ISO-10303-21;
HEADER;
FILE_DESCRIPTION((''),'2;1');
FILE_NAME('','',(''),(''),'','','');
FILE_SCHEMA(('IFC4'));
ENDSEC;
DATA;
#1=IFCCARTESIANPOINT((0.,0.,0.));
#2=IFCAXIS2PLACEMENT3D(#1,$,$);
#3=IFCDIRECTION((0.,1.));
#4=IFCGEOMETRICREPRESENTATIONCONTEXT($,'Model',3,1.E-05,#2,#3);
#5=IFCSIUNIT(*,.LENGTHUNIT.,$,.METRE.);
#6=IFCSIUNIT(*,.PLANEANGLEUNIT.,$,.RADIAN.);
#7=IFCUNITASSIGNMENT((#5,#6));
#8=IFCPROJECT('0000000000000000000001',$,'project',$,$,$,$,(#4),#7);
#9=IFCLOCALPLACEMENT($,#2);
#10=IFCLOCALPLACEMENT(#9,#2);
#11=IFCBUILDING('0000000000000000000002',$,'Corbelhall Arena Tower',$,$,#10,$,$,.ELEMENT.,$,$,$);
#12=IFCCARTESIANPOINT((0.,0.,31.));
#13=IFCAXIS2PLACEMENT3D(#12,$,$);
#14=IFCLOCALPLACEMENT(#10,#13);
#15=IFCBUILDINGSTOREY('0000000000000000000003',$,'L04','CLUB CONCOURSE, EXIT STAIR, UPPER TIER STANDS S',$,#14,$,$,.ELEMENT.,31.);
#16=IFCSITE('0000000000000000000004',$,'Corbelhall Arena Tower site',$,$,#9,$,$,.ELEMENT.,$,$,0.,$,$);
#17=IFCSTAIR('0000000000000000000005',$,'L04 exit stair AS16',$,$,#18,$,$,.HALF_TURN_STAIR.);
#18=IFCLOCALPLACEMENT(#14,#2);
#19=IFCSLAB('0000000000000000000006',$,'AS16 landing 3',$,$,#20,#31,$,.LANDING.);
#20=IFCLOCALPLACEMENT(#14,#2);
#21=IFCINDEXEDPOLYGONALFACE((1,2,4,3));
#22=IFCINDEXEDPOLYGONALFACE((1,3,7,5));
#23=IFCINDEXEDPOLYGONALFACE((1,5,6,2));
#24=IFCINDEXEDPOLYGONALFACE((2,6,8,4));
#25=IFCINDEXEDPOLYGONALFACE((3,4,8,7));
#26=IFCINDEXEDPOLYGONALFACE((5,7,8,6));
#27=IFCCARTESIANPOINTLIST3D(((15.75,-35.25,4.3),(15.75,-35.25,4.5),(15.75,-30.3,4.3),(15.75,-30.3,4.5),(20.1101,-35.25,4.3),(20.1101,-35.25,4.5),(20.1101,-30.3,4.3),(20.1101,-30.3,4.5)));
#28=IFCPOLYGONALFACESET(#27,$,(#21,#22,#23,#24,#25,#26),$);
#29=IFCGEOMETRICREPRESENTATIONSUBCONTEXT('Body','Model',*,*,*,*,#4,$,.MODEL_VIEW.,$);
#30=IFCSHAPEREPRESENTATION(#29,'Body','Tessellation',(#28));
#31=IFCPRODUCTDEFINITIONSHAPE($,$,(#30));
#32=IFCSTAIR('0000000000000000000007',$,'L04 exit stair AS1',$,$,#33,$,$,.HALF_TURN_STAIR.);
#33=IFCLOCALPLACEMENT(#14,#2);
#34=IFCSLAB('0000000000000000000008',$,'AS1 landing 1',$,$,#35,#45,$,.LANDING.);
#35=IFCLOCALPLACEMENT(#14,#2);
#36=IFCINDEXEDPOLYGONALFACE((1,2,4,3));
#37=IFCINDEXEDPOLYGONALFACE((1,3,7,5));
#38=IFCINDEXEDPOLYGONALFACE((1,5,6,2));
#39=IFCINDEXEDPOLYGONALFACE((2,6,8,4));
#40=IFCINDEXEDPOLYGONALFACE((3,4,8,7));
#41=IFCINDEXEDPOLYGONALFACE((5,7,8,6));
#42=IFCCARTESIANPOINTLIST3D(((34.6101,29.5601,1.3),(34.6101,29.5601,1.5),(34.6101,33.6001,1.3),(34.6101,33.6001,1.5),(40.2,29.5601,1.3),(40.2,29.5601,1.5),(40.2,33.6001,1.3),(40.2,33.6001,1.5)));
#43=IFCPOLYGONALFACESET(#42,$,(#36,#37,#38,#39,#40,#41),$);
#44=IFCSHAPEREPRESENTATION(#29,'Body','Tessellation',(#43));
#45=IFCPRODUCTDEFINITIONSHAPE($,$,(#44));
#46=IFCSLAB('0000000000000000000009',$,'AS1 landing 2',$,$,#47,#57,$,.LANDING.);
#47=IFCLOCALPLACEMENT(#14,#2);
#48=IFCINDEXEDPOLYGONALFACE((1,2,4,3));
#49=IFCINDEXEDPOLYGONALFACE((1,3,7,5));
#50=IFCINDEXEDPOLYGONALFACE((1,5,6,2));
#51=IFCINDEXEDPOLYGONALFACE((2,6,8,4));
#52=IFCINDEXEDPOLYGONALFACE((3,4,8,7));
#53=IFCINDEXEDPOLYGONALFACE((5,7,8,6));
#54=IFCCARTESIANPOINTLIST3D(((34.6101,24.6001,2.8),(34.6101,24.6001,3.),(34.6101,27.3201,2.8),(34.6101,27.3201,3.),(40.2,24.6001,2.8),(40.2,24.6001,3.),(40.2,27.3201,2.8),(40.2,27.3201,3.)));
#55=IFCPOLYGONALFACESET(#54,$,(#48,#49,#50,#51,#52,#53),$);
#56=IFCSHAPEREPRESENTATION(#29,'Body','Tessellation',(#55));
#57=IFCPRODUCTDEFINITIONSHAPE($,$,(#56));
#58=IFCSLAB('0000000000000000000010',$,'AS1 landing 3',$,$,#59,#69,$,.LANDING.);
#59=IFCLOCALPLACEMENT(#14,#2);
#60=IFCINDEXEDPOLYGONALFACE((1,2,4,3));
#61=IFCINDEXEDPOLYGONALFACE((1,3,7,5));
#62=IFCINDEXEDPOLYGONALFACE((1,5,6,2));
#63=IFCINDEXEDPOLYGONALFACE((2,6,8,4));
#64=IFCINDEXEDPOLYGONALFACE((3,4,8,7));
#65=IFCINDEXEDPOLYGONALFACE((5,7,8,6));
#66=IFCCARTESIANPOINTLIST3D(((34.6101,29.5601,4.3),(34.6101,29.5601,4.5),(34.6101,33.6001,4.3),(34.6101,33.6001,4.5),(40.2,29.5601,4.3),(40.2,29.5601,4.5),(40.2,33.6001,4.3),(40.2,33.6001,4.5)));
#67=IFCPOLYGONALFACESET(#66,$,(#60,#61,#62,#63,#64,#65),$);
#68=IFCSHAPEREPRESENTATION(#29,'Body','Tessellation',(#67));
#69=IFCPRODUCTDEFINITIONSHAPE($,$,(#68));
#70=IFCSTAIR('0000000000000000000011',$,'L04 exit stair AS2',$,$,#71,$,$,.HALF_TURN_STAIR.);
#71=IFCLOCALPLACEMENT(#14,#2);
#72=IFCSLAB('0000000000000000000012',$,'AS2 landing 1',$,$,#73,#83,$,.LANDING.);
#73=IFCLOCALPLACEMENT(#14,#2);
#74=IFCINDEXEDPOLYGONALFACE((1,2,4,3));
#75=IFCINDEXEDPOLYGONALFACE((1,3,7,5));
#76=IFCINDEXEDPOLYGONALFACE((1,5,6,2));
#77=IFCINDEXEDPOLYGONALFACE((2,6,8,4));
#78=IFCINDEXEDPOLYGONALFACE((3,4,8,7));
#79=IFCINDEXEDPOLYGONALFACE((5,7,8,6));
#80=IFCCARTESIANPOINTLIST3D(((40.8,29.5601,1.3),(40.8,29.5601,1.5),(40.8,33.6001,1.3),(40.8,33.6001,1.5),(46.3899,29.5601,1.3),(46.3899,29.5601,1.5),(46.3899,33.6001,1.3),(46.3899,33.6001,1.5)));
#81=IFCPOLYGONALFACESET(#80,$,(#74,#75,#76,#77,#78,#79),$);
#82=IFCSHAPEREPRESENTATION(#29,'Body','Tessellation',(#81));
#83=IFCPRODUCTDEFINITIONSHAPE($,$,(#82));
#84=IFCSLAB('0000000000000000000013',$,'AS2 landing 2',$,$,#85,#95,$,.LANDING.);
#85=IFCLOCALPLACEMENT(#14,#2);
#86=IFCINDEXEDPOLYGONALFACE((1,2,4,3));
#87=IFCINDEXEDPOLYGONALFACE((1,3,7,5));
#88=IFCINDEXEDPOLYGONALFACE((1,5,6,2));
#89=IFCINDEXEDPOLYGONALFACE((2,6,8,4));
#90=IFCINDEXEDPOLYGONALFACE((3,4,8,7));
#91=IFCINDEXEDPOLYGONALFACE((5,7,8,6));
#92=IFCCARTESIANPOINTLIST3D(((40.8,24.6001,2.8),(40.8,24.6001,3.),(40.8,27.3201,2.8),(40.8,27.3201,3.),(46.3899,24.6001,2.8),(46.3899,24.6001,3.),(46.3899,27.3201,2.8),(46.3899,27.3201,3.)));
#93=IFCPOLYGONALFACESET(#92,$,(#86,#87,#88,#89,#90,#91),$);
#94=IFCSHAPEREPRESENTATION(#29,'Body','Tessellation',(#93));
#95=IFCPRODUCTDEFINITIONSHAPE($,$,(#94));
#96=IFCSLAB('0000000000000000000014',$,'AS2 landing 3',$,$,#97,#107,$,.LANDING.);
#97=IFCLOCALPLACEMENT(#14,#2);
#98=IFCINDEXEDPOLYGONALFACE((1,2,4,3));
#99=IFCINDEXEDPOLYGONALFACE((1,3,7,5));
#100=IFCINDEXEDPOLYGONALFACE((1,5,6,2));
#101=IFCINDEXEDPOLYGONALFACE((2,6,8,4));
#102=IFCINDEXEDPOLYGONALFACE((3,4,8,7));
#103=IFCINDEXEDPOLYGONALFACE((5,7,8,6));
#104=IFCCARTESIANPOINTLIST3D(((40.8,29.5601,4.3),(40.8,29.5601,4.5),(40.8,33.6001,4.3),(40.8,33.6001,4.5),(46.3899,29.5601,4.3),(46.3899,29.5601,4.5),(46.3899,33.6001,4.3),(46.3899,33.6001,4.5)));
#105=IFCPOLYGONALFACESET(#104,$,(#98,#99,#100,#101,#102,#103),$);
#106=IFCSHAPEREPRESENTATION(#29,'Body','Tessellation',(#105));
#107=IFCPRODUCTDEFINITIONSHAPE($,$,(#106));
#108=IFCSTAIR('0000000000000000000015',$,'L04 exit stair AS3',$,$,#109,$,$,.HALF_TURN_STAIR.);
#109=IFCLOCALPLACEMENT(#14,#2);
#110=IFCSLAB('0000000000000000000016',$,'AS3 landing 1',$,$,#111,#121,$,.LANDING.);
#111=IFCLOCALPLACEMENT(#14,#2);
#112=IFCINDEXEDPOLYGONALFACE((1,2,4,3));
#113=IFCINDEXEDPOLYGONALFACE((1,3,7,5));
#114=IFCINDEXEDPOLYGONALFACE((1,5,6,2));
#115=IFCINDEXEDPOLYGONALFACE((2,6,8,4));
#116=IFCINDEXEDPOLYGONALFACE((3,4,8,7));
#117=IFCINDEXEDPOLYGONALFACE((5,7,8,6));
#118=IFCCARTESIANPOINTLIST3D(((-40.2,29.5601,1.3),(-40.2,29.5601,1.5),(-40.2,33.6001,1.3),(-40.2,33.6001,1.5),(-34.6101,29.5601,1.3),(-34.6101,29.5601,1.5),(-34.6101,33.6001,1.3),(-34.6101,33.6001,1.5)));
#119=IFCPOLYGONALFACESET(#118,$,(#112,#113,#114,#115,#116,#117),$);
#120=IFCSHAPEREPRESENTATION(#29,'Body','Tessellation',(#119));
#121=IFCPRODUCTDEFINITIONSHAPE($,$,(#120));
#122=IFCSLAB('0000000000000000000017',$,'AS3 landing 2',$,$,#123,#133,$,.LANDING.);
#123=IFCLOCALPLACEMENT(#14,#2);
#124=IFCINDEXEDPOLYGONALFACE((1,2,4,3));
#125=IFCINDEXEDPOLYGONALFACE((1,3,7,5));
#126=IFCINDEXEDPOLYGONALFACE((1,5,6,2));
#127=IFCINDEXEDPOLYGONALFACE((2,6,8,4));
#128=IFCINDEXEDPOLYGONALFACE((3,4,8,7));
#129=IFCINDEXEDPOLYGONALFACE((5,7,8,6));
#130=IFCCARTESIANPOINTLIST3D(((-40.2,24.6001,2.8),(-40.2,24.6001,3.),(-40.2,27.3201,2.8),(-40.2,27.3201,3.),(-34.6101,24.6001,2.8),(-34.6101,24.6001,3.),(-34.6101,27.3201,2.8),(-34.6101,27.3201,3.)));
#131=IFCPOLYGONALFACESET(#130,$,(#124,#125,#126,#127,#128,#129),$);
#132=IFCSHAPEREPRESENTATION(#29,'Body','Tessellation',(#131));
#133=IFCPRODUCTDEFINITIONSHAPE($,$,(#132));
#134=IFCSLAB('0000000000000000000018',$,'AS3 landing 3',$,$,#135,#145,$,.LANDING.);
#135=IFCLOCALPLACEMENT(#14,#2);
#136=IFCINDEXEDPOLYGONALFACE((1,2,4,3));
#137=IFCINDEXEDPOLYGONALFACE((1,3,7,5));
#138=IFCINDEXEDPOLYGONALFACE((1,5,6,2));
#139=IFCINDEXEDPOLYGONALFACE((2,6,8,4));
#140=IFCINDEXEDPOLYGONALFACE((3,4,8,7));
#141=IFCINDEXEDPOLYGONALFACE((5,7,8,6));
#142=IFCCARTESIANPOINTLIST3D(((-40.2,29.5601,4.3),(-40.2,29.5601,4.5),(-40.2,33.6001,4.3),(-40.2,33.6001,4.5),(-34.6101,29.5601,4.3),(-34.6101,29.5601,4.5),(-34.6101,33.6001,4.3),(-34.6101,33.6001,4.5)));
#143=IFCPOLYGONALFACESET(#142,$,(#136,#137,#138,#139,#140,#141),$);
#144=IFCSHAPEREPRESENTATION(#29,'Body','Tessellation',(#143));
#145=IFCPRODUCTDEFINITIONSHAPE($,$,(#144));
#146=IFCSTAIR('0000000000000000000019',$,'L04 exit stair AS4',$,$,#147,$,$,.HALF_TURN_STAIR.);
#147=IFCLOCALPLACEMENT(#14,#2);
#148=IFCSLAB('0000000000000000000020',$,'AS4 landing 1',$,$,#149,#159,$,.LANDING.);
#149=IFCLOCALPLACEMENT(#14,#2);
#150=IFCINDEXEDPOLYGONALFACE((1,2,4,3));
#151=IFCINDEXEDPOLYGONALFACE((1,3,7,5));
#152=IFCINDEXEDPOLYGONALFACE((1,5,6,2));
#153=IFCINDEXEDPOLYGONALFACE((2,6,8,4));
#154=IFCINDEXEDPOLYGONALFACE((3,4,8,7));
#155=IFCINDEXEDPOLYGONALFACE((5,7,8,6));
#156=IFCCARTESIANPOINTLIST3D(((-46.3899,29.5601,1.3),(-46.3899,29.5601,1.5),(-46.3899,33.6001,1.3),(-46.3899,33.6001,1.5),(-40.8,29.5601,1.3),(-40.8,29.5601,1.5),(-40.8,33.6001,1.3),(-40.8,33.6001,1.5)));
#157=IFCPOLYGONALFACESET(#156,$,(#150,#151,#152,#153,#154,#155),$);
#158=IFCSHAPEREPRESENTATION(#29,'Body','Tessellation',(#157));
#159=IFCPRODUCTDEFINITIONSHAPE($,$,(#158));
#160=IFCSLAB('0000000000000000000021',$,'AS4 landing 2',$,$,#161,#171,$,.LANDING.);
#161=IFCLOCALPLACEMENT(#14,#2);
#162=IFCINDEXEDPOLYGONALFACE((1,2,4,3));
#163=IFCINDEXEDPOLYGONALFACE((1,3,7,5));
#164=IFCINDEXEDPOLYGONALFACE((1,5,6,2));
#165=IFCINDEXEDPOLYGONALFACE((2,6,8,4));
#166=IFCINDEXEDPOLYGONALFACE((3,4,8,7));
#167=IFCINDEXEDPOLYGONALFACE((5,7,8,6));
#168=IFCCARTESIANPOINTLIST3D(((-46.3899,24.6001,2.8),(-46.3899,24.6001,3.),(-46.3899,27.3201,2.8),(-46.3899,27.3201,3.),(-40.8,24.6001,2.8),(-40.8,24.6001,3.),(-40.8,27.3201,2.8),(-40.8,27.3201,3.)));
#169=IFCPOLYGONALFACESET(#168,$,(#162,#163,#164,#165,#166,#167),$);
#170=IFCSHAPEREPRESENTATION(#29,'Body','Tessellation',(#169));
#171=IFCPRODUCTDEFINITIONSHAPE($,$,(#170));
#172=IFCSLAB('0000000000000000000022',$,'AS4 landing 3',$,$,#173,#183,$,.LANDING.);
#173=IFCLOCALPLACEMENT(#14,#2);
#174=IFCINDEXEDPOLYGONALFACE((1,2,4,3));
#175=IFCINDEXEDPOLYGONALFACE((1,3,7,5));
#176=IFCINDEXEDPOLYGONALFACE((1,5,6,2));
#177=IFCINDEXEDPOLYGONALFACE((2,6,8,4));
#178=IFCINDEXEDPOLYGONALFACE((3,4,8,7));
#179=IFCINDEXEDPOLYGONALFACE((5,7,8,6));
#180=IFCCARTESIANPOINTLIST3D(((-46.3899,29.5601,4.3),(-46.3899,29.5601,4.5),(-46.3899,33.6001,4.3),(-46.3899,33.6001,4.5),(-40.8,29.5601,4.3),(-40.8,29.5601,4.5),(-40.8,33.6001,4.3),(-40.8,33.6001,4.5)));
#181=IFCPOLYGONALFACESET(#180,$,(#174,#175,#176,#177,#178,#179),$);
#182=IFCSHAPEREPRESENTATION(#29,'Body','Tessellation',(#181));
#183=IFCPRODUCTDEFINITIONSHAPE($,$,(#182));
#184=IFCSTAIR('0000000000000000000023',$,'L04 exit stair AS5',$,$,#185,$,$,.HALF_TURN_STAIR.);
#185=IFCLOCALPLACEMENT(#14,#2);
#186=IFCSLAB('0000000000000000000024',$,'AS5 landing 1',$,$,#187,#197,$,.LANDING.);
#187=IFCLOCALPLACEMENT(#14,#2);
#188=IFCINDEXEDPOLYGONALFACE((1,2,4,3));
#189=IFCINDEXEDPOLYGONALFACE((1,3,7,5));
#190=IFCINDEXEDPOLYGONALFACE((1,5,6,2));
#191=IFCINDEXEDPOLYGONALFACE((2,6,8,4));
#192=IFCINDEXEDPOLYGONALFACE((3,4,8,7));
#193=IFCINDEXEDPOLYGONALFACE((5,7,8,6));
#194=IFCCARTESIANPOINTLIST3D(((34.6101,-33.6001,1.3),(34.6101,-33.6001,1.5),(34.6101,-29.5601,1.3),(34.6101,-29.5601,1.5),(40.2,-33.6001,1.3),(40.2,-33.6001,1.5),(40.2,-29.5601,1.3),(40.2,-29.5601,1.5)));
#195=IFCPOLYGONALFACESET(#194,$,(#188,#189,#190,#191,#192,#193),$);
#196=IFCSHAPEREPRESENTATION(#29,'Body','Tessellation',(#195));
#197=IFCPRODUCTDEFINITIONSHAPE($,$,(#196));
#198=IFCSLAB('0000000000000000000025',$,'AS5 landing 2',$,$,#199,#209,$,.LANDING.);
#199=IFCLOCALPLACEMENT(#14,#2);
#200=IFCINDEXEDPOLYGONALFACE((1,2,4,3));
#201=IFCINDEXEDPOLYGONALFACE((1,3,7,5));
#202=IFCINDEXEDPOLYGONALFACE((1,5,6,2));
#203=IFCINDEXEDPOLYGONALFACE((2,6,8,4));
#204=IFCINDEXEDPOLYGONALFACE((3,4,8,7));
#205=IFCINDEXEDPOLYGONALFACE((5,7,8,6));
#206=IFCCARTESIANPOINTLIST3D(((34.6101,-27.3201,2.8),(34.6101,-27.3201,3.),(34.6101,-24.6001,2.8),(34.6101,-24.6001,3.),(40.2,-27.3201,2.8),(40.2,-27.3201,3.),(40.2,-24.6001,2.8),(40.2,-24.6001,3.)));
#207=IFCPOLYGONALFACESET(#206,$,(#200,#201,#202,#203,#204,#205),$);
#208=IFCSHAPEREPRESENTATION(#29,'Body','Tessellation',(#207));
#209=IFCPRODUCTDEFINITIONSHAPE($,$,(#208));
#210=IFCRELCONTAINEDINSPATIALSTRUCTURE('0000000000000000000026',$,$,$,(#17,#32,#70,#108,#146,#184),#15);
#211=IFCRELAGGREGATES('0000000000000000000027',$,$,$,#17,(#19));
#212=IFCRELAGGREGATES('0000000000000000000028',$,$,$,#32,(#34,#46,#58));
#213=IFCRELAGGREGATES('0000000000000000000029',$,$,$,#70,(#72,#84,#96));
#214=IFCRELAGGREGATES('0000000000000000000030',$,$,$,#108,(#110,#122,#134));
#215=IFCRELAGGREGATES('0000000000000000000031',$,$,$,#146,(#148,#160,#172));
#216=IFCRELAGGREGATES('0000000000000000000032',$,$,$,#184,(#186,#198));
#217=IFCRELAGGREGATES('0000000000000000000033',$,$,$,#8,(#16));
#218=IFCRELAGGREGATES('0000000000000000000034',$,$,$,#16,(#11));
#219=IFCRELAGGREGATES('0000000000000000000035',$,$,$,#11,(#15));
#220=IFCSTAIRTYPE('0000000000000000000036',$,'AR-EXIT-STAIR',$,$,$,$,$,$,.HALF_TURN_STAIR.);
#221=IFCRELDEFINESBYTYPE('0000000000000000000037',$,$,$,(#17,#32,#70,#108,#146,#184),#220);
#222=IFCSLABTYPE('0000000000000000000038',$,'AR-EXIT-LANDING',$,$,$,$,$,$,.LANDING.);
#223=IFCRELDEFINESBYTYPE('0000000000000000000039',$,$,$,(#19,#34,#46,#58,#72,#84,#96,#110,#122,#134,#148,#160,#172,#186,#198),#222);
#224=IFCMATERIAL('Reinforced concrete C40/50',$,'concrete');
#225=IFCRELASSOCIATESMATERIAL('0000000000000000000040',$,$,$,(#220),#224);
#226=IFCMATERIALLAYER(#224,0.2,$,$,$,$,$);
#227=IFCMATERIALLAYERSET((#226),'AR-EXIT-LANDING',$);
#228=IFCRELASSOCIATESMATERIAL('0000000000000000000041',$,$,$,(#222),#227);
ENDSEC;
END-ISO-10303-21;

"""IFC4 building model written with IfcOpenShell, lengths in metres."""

from ifc_helpers import new_model, si_unit, direction, frame, origin, place, context, subcontext, project, spatial, polyline, outline, extrude, material, layer, layer_set, type_object, element, aggregate, save


model = new_model("IFC4")

# Units and contexts
model_context = context("Model", 3, precision=1e-05, world=origin(), true_north=direction((0.0, 1.0)))
body_context = subcontext(model_context, "Body", "Model", "MODEL_VIEW")
ifc_project = project(units=[si_unit("LENGTHUNIT", "METRE"), si_unit("PLANEANGLEUNIT", "RADIAN")], contexts=[model_context])

# Site, building, storey
site_placement = place(None, origin())
site = spatial("IfcSite", under=ifc_project, at=site_placement, Name="Corbelhall Arena Tower site", CompositionType="ELEMENT", RefElevation=0.0)
building_placement = place(site_placement, origin())
building = spatial("IfcBuilding", under=site, at=building_placement, Name="Corbelhall Arena Tower", CompositionType="ELEMENT")
storey_placement = place(building_placement, frame((0.0, 0.0, 31.0)))
storey = spatial("IfcBuildingStorey", under=building, at=storey_placement, Name="L04", Description="CLUB CONCOURSE, EXIT STAIR, UPPER TIER STANDS S", CompositionType="ELEMENT", Elevation=31.0)

# Stair, slab
ifc_material = material(Name="Reinforced concrete C40/50", Category="concrete")
stair_type = type_object("IfcStairType", Name="AR-EXIT-STAIR", PredefinedType="HALF_TURN_STAIR", material=ifc_material)
stair_1_placement = place(storey_placement, origin())
stair_1 = element("IfcStair", 1, at=stair_1_placement, inside=storey, type_object=stair_type, Name="L04 exit stair AS16", PredefinedType="HALF_TURN_STAIR")
ifc_layer_1 = layer(ifc_material, 0.2)
ifc_layer_set_1 = layer_set([ifc_layer_1], Name="AR-EXIT-LANDING")
slab_type_1 = type_object("IfcSlabType", Name="AR-EXIT-LANDING", PredefinedType="LANDING", material=ifc_layer_set_1)
slab_1_placement = place(storey_placement, frame((0.0, 0.0, 4.3)))
slab_1 = element("IfcSlab", 2, at=slab_1_placement, type_object=slab_type_1, Name="AS16 landing 3", PredefinedType="LANDING", context=body_context, shape_type="SweptSolid", body=[
    extrude(outline(polyline([(20.1101, -30.3), (15.75, -30.3), (15.75, -35.25), (20.1101, -35.25), (20.1101, -30.3)])), origin(), (0.0, 0.0, 1.0), 0.2),
])
aggregate(stair_1, [slab_1])

# Stairs, slabs
stair_2_placement = place(storey_placement, origin())
stair_2 = element("IfcStair", 3, at=stair_2_placement, inside=storey, type_object=stair_type, Name="L04 exit stair AS1", PredefinedType="HALF_TURN_STAIR")
slab_2_placement = place(storey_placement, frame((0.0, 0.0, 1.3)))
slab_2 = element("IfcSlab", 4, at=slab_2_placement, type_object=slab_type_1, Name="AS1 landing 1", PredefinedType="LANDING", context=body_context, shape_type="SweptSolid", body=[
    extrude(outline(polyline([(40.2, 29.5601), (40.2, 33.6001), (34.6101, 33.6001), (34.6101, 29.5601), (40.2, 29.5601)])), origin(), (0.0, 0.0, 1.0), 0.2),
])
slab_3_placement = place(storey_placement, frame((0.0, 0.0, 2.8)))
slab_3 = element("IfcSlab", 5, at=slab_3_placement, type_object=slab_type_1, Name="AS1 landing 2", PredefinedType="LANDING", context=body_context, shape_type="SweptSolid", body=[
    extrude(outline(polyline([(40.2, 24.6001), (40.2, 27.3201), (34.6101, 27.3201), (34.6101, 24.6001), (40.2, 24.6001)])), origin(), (0.0, 0.0, 1.0), 0.2),
])
slab_4_placement = place(storey_placement, frame((0.0, 0.0, 4.3)))
slab_4 = element("IfcSlab", 6, at=slab_4_placement, type_object=slab_type_1, Name="AS1 landing 3", PredefinedType="LANDING", context=body_context, shape_type="SweptSolid", body=[
    extrude(outline(polyline([(40.2, 29.5601), (40.2, 33.6001), (34.6101, 33.6001), (34.6101, 29.5601), (40.2, 29.5601)])), origin(), (0.0, 0.0, 1.0), 0.2),
])
aggregate(stair_2, [slab_2, slab_3, slab_4])
stair_3_placement = place(storey_placement, origin())
stair_3 = element("IfcStair", 7, at=stair_3_placement, inside=storey, type_object=stair_type, Name="L04 exit stair AS2", PredefinedType="HALF_TURN_STAIR")
slab_5_placement = place(storey_placement, frame((0.0, 0.0, 1.3)))
slab_5 = element("IfcSlab", 8, at=slab_5_placement, type_object=slab_type_1, Name="AS2 landing 1", PredefinedType="LANDING", context=body_context, shape_type="SweptSolid", body=[
    extrude(outline(polyline([(46.3899, 29.5601), (46.3899, 33.6001), (40.8, 33.6001), (40.8, 29.5601), (46.3899, 29.5601)])), origin(), (0.0, 0.0, 1.0), 0.2),
])
slab_6_placement = place(storey_placement, frame((0.0, 0.0, 2.8)))
slab_6 = element("IfcSlab", 9, at=slab_6_placement, type_object=slab_type_1, Name="AS2 landing 2", PredefinedType="LANDING", context=body_context, shape_type="SweptSolid", body=[
    extrude(outline(polyline([(46.3899, 24.6001), (46.3899, 27.3201), (40.8, 27.3201), (40.8, 24.6001), (46.3899, 24.6001)])), origin(), (0.0, 0.0, 1.0), 0.2),
])
slab_7_placement = place(storey_placement, frame((0.0, 0.0, 4.3)))
slab_7 = element("IfcSlab", 10, at=slab_7_placement, type_object=slab_type_1, Name="AS2 landing 3", PredefinedType="LANDING", context=body_context, shape_type="SweptSolid", body=[
    extrude(outline(polyline([(46.3899, 29.5601), (46.3899, 33.6001), (40.8, 33.6001), (40.8, 29.5601), (46.3899, 29.5601)])), origin(), (0.0, 0.0, 1.0), 0.2),
])
aggregate(stair_3, [slab_5, slab_6, slab_7])
stair_4_placement = place(storey_placement, origin())
stair_4 = element("IfcStair", 11, at=stair_4_placement, inside=storey, type_object=stair_type, Name="L04 exit stair AS3", PredefinedType="HALF_TURN_STAIR")
slab_8_placement = place(storey_placement, frame((0.0, 0.0, 1.3)))
slab_8 = element("IfcSlab", 12, at=slab_8_placement, type_object=slab_type_1, Name="AS3 landing 1", PredefinedType="LANDING", context=body_context, shape_type="SweptSolid", body=[
    extrude(outline(polyline([(-34.6101, 29.5601), (-34.6101, 33.6001), (-40.2, 33.6001), (-40.2, 29.5601), (-34.6101, 29.5601)])), origin(), (0.0, 0.0, 1.0), 0.2),
])
slab_9_placement = place(storey_placement, frame((0.0, 0.0, 2.8)))
slab_9 = element("IfcSlab", 13, at=slab_9_placement, type_object=slab_type_1, Name="AS3 landing 2", PredefinedType="LANDING", context=body_context, shape_type="SweptSolid", body=[
    extrude(outline(polyline([(-34.6101, 24.6001), (-34.6101, 27.3201), (-40.2, 27.3201), (-40.2, 24.6001), (-34.6101, 24.6001)])), origin(), (0.0, 0.0, 1.0), 0.2),
])
slab_10_placement = place(storey_placement, frame((0.0, 0.0, 4.3)))
slab_10 = element("IfcSlab", 14, at=slab_10_placement, type_object=slab_type_1, Name="AS3 landing 3", PredefinedType="LANDING", context=body_context, shape_type="SweptSolid", body=[
    extrude(outline(polyline([(-34.6101, 29.5601), (-34.6101, 33.6001), (-40.2, 33.6001), (-40.2, 29.5601), (-34.6101, 29.5601)])), origin(), (0.0, 0.0, 1.0), 0.2),
])
aggregate(stair_4, [slab_8, slab_9, slab_10])
stair_5_placement = place(storey_placement, origin())
stair_5 = element("IfcStair", 15, at=stair_5_placement, inside=storey, type_object=stair_type, Name="L04 exit stair AS4", PredefinedType="HALF_TURN_STAIR")
slab_11_placement = place(storey_placement, frame((0.0, 0.0, 1.3)))
slab_11 = element("IfcSlab", 16, at=slab_11_placement, type_object=slab_type_1, Name="AS4 landing 1", PredefinedType="LANDING", context=body_context, shape_type="SweptSolid", body=[
    extrude(outline(polyline([(-40.8, 29.5601), (-40.8, 33.6001), (-46.3899, 33.6001), (-46.3899, 29.5601), (-40.8, 29.5601)])), origin(), (0.0, 0.0, 1.0), 0.2),
])
slab_12_placement = place(storey_placement, frame((0.0, 0.0, 2.8)))
slab_12 = element("IfcSlab", 17, at=slab_12_placement, type_object=slab_type_1, Name="AS4 landing 2", PredefinedType="LANDING", context=body_context, shape_type="SweptSolid", body=[
    extrude(outline(polyline([(-40.8, 24.6001), (-40.8, 27.3201), (-46.3899, 27.3201), (-46.3899, 24.6001), (-40.8, 24.6001)])), origin(), (0.0, 0.0, 1.0), 0.2),
])
slab_13_placement = place(storey_placement, frame((0.0, 0.0, 4.3)))
slab_13 = element("IfcSlab", 18, at=slab_13_placement, type_object=slab_type_1, Name="AS4 landing 3", PredefinedType="LANDING", context=body_context, shape_type="SweptSolid", body=[
    extrude(outline(polyline([(-40.8, 29.5601), (-40.8, 33.6001), (-46.3899, 33.6001), (-46.3899, 29.5601), (-40.8, 29.5601)])), origin(), (0.0, 0.0, 1.0), 0.2),
])
aggregate(stair_5, [slab_11, slab_12, slab_13])
stair_6_placement = place(storey_placement, origin())
stair_6 = element("IfcStair", 19, at=stair_6_placement, inside=storey, type_object=stair_type, Name="L04 exit stair AS5", PredefinedType="HALF_TURN_STAIR")
slab_14_placement = place(storey_placement, frame((0.0, 0.0, 1.3)))
slab_14 = element("IfcSlab", 20, at=slab_14_placement, type_object=slab_type_1, Name="AS5 landing 1", PredefinedType="LANDING", context=body_context, shape_type="SweptSolid", body=[
    extrude(outline(polyline([(34.6101, -29.5601), (34.6101, -33.6001), (40.2, -33.6001), (40.2, -29.5601), (34.6101, -29.5601)])), origin(), (0.0, 0.0, 1.0), 0.2),
])
slab_15_placement = place(storey_placement, frame((0.0, 0.0, 2.8)))
slab_15 = element("IfcSlab", 21, at=slab_15_placement, type_object=slab_type_1, Name="AS5 landing 2", PredefinedType="LANDING", context=body_context, shape_type="SweptSolid", body=[
    extrude(outline(polyline([(34.6101, -24.6001), (34.6101, -27.3201), (40.2, -27.3201), (40.2, -24.6001), (34.6101, -24.6001)])), origin(), (0.0, 0.0, 1.0), 0.2),
])
aggregate(stair_6, [slab_14, slab_15])

save(model, "model.ifc")
